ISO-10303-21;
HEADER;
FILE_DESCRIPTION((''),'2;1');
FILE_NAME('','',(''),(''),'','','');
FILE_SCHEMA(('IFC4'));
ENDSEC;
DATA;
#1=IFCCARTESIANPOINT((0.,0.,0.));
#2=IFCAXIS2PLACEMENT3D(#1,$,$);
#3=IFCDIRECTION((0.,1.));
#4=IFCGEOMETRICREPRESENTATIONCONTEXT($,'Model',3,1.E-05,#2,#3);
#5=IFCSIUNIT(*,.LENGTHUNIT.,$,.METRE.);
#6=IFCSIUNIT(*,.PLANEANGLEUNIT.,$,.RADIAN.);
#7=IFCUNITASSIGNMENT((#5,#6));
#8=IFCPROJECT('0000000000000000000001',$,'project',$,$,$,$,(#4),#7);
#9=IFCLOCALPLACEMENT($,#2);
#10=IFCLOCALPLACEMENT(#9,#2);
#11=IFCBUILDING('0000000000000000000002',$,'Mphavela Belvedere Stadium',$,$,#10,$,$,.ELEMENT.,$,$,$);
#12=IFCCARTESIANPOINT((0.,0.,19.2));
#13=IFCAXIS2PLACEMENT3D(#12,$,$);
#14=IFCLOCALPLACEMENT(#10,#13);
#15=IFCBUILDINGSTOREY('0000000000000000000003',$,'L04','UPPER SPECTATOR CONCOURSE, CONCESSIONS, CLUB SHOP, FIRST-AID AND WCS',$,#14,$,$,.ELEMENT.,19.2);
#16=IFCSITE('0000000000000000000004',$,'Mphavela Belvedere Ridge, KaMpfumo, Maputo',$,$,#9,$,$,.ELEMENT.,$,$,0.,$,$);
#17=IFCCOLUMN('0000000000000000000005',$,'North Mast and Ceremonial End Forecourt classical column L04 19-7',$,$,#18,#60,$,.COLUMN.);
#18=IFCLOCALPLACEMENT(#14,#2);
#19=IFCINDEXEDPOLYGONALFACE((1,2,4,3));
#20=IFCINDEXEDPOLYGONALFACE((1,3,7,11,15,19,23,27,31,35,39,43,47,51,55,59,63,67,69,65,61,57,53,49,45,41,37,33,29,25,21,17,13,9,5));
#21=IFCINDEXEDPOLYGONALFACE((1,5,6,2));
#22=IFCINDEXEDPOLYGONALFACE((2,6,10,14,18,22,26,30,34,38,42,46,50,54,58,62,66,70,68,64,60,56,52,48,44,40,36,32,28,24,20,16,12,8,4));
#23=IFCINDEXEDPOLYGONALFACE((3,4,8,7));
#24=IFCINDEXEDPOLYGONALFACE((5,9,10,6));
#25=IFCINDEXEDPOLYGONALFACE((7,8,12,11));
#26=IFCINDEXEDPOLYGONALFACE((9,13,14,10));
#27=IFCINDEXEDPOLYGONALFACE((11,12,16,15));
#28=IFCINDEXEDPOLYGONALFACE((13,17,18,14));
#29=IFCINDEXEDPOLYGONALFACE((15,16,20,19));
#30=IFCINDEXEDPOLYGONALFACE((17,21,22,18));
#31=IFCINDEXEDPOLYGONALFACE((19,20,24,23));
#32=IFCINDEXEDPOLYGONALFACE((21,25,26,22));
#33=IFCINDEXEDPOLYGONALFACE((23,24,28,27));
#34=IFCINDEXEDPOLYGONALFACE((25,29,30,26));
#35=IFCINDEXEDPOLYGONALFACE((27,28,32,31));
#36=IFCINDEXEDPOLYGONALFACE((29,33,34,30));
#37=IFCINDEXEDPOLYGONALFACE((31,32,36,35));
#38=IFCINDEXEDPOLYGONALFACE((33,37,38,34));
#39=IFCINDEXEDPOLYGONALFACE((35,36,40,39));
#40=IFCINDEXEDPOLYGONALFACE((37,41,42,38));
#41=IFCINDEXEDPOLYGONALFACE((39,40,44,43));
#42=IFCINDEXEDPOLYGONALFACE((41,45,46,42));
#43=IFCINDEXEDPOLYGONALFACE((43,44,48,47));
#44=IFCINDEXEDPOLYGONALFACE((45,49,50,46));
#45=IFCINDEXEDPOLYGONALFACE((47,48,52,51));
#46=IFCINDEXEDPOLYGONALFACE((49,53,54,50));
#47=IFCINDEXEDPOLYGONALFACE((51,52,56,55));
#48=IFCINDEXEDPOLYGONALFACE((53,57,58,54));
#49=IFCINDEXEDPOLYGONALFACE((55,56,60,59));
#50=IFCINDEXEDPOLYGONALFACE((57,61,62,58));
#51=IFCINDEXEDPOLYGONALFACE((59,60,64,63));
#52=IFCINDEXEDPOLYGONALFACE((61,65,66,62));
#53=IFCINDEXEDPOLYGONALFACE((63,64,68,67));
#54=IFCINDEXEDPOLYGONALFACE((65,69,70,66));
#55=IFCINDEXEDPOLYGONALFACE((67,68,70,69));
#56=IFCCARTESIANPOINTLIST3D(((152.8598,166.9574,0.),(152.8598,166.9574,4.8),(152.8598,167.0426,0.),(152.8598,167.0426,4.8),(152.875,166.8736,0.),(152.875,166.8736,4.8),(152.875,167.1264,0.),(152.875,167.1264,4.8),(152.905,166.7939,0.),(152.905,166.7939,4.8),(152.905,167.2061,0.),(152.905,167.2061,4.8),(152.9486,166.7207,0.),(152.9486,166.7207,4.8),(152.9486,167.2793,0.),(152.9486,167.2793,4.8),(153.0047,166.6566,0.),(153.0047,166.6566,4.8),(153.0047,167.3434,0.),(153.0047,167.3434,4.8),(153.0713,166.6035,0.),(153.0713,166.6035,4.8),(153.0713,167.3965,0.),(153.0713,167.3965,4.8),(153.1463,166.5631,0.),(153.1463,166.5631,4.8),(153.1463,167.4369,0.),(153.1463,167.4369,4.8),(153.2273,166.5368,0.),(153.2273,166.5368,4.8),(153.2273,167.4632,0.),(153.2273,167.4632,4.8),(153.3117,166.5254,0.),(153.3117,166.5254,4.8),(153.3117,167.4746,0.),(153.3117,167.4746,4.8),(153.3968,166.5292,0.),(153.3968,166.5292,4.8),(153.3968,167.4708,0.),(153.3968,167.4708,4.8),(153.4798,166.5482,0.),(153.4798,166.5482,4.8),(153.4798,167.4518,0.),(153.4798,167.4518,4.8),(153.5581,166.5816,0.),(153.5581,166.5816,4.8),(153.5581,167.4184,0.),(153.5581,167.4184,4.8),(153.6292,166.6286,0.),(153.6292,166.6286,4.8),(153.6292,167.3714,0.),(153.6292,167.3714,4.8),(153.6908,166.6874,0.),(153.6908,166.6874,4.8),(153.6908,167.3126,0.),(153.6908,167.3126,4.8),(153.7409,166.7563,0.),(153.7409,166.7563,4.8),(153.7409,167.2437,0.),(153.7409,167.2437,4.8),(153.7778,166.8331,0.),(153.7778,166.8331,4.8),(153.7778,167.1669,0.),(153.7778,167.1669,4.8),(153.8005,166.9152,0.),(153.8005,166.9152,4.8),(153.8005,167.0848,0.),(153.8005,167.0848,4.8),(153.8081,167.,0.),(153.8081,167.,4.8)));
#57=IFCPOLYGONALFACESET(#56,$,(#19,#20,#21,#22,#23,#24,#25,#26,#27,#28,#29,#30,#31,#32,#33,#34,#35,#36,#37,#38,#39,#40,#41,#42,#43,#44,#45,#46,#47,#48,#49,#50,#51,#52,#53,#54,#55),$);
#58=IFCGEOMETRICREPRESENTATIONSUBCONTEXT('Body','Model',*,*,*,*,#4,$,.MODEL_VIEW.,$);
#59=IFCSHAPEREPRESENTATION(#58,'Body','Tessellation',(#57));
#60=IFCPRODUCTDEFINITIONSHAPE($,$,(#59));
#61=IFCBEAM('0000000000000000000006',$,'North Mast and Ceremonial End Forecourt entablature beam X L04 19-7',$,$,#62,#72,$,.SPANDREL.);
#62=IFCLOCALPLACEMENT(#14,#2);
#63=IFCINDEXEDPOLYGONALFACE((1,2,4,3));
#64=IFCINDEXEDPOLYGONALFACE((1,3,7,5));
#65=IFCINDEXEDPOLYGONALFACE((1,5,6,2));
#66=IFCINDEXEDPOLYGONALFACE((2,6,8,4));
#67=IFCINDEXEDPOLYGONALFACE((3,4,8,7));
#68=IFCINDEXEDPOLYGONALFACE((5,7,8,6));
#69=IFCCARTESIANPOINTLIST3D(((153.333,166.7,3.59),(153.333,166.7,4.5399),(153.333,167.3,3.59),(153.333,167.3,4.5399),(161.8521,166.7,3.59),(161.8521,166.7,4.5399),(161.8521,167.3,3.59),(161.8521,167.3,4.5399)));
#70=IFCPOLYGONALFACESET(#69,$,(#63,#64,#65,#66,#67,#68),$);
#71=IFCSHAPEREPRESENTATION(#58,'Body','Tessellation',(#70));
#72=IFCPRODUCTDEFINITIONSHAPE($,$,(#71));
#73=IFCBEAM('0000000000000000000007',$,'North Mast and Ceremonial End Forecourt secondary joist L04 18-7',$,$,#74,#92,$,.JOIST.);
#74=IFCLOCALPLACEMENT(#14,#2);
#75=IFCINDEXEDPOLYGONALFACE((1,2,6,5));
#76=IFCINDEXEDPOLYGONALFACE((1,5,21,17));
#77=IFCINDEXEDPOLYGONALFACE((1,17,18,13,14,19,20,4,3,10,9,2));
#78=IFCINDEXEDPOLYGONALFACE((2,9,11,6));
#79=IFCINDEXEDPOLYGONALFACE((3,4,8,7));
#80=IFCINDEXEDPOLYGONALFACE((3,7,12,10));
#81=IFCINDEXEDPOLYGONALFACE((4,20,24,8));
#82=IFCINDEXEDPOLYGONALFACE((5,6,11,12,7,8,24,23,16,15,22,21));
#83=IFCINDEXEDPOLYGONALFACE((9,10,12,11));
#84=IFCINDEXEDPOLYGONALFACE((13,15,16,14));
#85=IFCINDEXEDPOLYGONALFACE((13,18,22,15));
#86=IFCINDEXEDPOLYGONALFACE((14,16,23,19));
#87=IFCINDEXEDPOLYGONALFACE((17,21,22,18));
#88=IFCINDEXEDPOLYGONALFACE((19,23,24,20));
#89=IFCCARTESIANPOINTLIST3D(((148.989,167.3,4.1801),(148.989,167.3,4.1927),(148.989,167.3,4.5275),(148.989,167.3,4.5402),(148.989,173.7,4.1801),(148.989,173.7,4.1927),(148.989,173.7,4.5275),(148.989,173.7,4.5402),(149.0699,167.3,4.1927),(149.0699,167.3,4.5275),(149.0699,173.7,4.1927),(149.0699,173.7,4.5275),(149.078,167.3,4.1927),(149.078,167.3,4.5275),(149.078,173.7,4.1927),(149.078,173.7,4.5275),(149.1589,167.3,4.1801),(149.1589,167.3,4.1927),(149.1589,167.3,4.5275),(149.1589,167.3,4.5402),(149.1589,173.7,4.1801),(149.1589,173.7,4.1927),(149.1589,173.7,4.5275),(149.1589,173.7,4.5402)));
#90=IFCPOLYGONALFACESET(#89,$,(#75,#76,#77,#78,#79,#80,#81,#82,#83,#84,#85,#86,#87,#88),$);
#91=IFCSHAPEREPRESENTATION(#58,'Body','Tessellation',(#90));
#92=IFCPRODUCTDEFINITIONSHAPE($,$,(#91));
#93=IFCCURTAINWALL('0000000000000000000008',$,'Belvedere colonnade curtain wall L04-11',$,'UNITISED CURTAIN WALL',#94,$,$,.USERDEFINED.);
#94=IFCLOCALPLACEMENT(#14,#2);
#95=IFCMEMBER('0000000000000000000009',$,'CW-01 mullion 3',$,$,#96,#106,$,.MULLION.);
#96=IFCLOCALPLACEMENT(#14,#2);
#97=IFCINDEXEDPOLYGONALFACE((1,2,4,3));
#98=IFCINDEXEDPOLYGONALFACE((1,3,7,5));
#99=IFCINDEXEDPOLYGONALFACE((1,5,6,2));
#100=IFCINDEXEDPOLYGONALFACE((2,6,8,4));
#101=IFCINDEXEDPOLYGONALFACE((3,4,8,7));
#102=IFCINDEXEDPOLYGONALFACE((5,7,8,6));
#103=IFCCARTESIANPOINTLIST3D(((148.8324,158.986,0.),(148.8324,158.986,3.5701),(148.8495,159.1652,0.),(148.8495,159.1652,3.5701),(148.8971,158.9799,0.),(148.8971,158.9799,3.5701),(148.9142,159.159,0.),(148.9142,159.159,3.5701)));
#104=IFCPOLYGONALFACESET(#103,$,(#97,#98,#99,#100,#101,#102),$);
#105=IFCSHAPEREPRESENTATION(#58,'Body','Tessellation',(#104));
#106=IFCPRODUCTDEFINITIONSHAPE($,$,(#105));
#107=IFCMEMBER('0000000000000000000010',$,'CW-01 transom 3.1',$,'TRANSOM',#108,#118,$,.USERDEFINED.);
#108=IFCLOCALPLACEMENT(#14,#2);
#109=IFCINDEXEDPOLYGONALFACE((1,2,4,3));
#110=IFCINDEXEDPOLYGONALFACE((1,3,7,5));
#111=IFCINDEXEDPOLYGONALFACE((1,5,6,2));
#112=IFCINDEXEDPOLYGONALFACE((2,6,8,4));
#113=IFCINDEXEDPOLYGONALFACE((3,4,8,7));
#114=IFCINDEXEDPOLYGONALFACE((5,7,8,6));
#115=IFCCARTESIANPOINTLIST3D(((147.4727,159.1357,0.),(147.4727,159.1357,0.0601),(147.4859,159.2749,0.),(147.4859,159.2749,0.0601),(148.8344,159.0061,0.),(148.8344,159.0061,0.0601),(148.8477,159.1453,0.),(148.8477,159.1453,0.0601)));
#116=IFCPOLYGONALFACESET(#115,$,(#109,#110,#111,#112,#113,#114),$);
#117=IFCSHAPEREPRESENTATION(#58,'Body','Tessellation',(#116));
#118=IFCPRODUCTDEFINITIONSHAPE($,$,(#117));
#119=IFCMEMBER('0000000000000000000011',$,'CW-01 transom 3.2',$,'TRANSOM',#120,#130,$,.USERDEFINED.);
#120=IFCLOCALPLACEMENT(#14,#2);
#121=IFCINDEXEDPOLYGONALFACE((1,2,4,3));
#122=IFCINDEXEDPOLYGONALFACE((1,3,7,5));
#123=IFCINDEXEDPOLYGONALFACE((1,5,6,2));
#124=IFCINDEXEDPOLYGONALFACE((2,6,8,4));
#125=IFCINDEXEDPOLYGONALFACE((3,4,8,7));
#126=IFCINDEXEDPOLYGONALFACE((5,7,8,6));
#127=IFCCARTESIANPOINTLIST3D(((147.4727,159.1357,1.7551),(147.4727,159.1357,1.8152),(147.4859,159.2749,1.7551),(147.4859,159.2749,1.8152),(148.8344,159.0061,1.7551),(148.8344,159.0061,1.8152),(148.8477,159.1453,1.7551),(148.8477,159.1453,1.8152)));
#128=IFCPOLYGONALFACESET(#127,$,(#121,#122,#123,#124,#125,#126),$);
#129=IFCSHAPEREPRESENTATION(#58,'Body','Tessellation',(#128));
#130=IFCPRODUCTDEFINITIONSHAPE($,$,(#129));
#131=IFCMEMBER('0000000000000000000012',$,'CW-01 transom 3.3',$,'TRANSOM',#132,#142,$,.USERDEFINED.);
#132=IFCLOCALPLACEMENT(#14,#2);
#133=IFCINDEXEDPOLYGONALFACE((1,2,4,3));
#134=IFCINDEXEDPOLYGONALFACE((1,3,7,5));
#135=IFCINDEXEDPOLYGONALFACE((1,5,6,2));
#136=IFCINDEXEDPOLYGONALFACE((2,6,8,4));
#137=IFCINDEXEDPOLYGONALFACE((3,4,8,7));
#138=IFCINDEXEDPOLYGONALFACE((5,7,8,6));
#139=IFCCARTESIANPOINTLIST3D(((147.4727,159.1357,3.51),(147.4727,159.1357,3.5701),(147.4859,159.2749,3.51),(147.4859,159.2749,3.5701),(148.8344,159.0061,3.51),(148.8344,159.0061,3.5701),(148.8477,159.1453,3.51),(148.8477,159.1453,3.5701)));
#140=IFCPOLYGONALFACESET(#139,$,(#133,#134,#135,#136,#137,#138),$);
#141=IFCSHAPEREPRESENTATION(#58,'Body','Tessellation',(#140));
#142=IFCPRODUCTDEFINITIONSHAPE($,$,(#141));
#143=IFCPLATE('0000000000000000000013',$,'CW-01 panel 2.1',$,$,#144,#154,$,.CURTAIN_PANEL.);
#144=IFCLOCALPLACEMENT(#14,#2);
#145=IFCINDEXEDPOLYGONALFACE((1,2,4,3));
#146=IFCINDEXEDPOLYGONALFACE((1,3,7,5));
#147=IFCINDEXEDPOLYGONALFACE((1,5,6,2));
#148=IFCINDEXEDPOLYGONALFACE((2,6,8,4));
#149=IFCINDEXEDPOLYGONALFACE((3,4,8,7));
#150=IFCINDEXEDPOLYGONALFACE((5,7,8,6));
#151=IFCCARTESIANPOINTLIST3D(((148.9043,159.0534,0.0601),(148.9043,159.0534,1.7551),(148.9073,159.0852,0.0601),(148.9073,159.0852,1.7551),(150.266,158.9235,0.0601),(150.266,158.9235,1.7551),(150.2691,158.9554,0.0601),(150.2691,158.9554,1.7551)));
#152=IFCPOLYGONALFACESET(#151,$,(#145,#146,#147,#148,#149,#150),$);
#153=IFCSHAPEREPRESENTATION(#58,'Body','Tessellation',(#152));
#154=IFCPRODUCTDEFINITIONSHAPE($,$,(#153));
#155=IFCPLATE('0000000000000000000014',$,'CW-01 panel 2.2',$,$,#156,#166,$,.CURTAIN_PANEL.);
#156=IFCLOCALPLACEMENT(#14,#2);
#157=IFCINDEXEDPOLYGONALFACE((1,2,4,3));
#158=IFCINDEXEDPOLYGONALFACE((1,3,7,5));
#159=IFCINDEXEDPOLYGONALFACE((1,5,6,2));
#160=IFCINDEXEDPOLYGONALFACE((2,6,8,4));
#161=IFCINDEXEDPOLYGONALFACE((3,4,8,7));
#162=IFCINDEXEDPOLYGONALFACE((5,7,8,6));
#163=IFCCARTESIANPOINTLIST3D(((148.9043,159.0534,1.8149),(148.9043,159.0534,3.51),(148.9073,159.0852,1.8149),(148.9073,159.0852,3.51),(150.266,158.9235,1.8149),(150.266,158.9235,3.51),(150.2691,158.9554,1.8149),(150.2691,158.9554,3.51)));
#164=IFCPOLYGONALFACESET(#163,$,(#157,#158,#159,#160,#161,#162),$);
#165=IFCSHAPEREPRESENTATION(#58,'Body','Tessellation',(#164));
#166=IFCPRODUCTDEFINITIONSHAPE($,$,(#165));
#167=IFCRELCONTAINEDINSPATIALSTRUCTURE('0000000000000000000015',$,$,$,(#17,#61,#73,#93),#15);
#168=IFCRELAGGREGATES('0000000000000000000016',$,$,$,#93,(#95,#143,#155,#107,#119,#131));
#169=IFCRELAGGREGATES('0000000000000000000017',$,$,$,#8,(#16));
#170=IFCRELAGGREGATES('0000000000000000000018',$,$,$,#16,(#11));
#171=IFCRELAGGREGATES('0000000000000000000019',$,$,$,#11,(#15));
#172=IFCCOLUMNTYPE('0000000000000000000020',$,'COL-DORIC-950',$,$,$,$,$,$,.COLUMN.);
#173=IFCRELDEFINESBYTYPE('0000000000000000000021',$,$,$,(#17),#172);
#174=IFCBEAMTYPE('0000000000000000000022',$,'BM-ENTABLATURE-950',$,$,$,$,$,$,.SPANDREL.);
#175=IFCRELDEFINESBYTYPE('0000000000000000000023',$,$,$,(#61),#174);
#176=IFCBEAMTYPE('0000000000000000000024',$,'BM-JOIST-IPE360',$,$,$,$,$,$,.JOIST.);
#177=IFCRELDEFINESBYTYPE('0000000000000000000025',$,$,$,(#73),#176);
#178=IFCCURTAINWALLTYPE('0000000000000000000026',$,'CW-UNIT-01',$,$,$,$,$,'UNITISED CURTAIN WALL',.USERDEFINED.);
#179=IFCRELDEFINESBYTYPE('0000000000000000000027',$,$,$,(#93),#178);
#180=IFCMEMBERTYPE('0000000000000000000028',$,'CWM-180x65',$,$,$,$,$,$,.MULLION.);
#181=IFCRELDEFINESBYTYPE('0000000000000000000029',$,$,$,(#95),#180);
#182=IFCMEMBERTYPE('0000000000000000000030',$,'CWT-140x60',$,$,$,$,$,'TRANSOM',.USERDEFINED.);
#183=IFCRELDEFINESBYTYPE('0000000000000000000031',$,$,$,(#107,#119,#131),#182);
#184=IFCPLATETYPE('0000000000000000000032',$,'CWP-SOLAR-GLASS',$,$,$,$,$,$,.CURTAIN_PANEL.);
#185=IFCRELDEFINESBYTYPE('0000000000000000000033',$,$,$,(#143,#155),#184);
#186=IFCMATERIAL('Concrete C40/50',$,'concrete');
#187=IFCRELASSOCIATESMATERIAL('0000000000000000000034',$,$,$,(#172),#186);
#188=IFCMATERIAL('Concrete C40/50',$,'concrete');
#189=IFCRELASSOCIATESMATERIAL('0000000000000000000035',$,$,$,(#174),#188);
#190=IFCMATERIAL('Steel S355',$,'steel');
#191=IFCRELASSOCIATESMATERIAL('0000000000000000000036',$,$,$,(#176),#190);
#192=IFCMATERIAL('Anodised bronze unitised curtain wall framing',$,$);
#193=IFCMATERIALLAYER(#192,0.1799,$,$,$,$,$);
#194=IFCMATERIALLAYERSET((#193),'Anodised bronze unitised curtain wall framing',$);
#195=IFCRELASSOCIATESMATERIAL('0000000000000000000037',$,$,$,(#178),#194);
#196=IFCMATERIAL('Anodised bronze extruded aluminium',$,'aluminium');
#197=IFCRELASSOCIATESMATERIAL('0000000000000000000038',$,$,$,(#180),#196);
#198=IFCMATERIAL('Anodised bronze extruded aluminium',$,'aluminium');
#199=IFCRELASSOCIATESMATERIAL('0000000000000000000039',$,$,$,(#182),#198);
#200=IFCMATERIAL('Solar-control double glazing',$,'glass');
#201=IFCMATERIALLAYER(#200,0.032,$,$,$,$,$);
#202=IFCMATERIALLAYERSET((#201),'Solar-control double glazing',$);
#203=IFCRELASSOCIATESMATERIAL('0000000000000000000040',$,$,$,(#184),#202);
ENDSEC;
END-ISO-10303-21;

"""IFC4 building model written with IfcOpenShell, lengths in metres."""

from ifc_helpers import new_model, si_unit, direction, frame, origin, origin_2d, place, context, subcontext, project, spatial, rectangle, circle, i_section, extrude, material, layer, layer_set, material_profile, profile_set, type_object, element, aggregate, save


model = new_model("IFC4")

# Units and contexts
model_context = context("Model", 3, precision=1e-05, world=origin(), true_north=direction((0.0, 1.0)))
body_context = subcontext(model_context, "Body", "Model", "MODEL_VIEW")
ifc_project = project(units=[si_unit("LENGTHUNIT", "METRE"), si_unit("PLANEANGLEUNIT", "RADIAN")], contexts=[model_context])

# Site, building, storey
site_placement = place(None, origin())
site = spatial("IfcSite", under=ifc_project, at=site_placement, Name="Mphavela Belvedere Ridge, KaMpfumo, Maputo", CompositionType="ELEMENT", RefElevation=0.0)
building_placement = place(site_placement, origin())
building = spatial("IfcBuilding", under=site, at=building_placement, Name="Mphavela Belvedere Stadium", CompositionType="ELEMENT")
storey_placement = place(building_placement, frame((0.0, 0.0, 19.2)))
storey = spatial("IfcBuildingStorey", under=building, at=storey_placement, Name="L04", Description="UPPER SPECTATOR CONCOURSE, CONCESSIONS, CLUB SHOP, FIRST-AID AND WCS", CompositionType="ELEMENT", Elevation=19.2)

# Column
ifc_material_1 = material(Name="Concrete C40/50", Category="concrete")
ifc_material_profile_1 = material_profile(ifc_material_1, circle(Radius=0.4751, at=origin_2d()), Name="COL D950")
ifc_profile_set_1 = profile_set([ifc_material_profile_1], Name="Concrete C40/50")
column_type = type_object("IfcColumnType", Name="COL-DORIC-950", PredefinedType="COLUMN", material=ifc_profile_set_1)
column_placement = place(storey_placement, frame((153.333, 167.0, 0.0), z_axis=(0.0, 0.0, 1.0), x_axis=(1.0, 0.0, 0.0)))
element("IfcColumn", 1, at=column_placement, inside=storey, type_object=column_type, Name="North Mast and Ceremonial End Forecourt classical column L04 19-7", PredefinedType="COLUMN", context=body_context, shape_type="SweptSolid", body=[
    extrude(circle(Radius=0.4751, at=origin_2d()), origin(), (0.0, 0.0, 1.0), 4.8),
])

# Beams
ifc_material_2 = material(Name="Concrete C40/50", Category="concrete")
ifc_material_profile_2 = material_profile(ifc_material_2, rectangle(XDim=0.6001, YDim=0.95, at=origin_2d()), Name="RC 600x950")
ifc_profile_set_2 = profile_set([ifc_material_profile_2], Name="Concrete C40/50")
beam_type_1 = type_object("IfcBeamType", Name="BM-ENTABLATURE-950", PredefinedType="SPANDREL", material=ifc_profile_set_2)
beam_1_placement = place(storey_placement, frame((153.333, 167.0, 4.0649), z_axis=(1.0, 0.0, 0.0), x_axis=(0.0, 1.0, 0.0)))
element("IfcBeam", 2, at=beam_1_placement, inside=storey, type_object=beam_type_1, Name="North Mast and Ceremonial End Forecourt entablature beam X L04 19-7", PredefinedType="SPANDREL", context=body_context, shape_type="SweptSolid", body=[
    extrude(rectangle(XDim=0.6001, YDim=0.95, at=origin_2d()), origin(), (0.0, 0.0, 1.0), 8.519),
])
ifc_material_3 = material(Name="Steel S355", Category="steel")
ifc_material_profile_3 = material_profile(ifc_material_3, i_section(OverallWidth=0.1699, OverallDepth=0.3601, WebThickness=0.0081, FlangeThickness=0.0127, at=origin_2d()), Name="IPE 360")
ifc_profile_set_3 = profile_set([ifc_material_profile_3], Name="Steel S355")
beam_type_2 = type_object("IfcBeamType", Name="BM-JOIST-IPE360", PredefinedType="JOIST", material=ifc_profile_set_3)
beam_2_placement = place(storey_placement, frame((149.074, 167.3, 4.3601), z_axis=(0.0, 1.0, 0.0), x_axis=(-1.0, 0.0, 0.0)))
element("IfcBeam", 3, at=beam_2_placement, inside=storey, type_object=beam_type_2, Name="North Mast and Ceremonial End Forecourt secondary joist L04 18-7", PredefinedType="JOIST", context=body_context, shape_type="SweptSolid", body=[
    extrude(i_section(OverallWidth=0.1699, OverallDepth=0.3601, WebThickness=0.0081, FlangeThickness=0.0127, at=origin_2d()), origin(), (0.0, 0.0, 1.0), 6.3999),
])

# Curtain wall, members, plates
ifc_material_4 = material(Name="Anodised bronze unitised curtain wall framing")
ifc_layer_1 = layer(ifc_material_4, 0.1799)
ifc_layer_set_1 = layer_set([ifc_layer_1], Name="Anodised bronze unitised curtain wall framing")
curtain_wall_type = type_object("IfcCurtainWallType", Name="CW-UNIT-01", ElementType="UNITISED CURTAIN WALL", PredefinedType="USERDEFINED", material=ifc_layer_set_1)
curtain_wall_placement = place(storey_placement, origin())
curtain_wall = element("IfcCurtainWall", 4, at=curtain_wall_placement, inside=storey, type_object=curtain_wall_type, Name="Belvedere colonnade curtain wall L04-11", ObjectType="UNITISED CURTAIN WALL", PredefinedType="USERDEFINED")
ifc_material_5 = material(Name="Anodised bronze extruded aluminium", Category="aluminium")
ifc_material_profile_4 = material_profile(ifc_material_5, rectangle(XDim=0.1799, YDim=0.0649, at=origin_2d()), Name="CW-MUL 180x65")
ifc_profile_set_4 = profile_set([ifc_material_profile_4], Name="Anodised bronze extruded aluminium")
member_type_1 = type_object("IfcMemberType", Name="CWM-180x65", PredefinedType="MULLION", material=ifc_profile_set_4)
member_1_placement = place(storey_placement, frame((148.8733, 159.0725, 0.0), z_axis=(0.0, 0.0, 1.0), x_axis=(-0.094933, -0.995484, 0.0)))
member_1 = element("IfcMember", 5, at=member_1_placement, type_object=member_type_1, Name="CW-01 mullion 3", PredefinedType="MULLION", context=body_context, shape_type="SweptSolid", body=[
    extrude(rectangle(XDim=0.1799, YDim=0.0649, at=origin_2d()), origin(), (0.0, 0.0, 1.0), 3.5701),
])
ifc_material_6 = material(Name="Anodised bronze extruded aluminium", Category="aluminium")
ifc_material_profile_5 = material_profile(ifc_material_6, rectangle(XDim=0.1399, YDim=0.0601, at=origin_2d()), Name="CW-TRN 140x60")
ifc_profile_set_5 = profile_set([ifc_material_profile_5], Name="Anodised bronze extruded aluminium")
member_type_2 = type_object("IfcMemberType", Name="CWT-140x60", ElementType="TRANSOM", PredefinedType="USERDEFINED", material=ifc_profile_set_5)
member_2_placement = place(storey_placement, frame((148.8411, 159.0757, 0.03), z_axis=(-0.995499, 0.094767, 0.0), x_axis=(-0.094767, -0.995499, 0.0)))
member_2 = element("IfcMember", 6, at=member_2_placement, type_object=member_type_2, Name="CW-01 transom 3.1", ObjectType="TRANSOM", PredefinedType="USERDEFINED", context=body_context, shape_type="SweptSolid", body=[
    extrude(rectangle(XDim=0.1399, YDim=0.0601, at=origin_2d()), origin(), (0.0, 0.0, 1.0), 1.3679),
])
member_3_placement = place(storey_placement, frame((148.8411, 159.0757, 1.7852), z_axis=(-0.995499, 0.094767, 0.0), x_axis=(-0.094767, -0.995499, 0.0)))
member_3 = element("IfcMember", 7, at=member_3_placement, type_object=member_type_2, Name="CW-01 transom 3.2", ObjectType="TRANSOM", PredefinedType="USERDEFINED", context=body_context, shape_type="SweptSolid", body=[
    extrude(rectangle(XDim=0.1399, YDim=0.0601, at=origin_2d()), origin(), (0.0, 0.0, 1.0), 1.3679),
])
member_4_placement = place(storey_placement, frame((148.8411, 159.0757, 3.54), z_axis=(-0.995499, 0.094767, 0.0), x_axis=(-0.094767, -0.995499, 0.0)))
member_4 = element("IfcMember", 8, at=member_4_placement, type_object=member_type_2, Name="CW-01 transom 3.3", ObjectType="TRANSOM", PredefinedType="USERDEFINED", context=body_context, shape_type="SweptSolid", body=[
    extrude(rectangle(XDim=0.1399, YDim=0.0601, at=origin_2d()), origin(), (0.0, 0.0, 1.0), 1.3679),
])
ifc_material_7 = material(Name="Solar-control double glazing", Category="glass")
ifc_layer_2 = layer(ifc_material_7, 0.032)
ifc_layer_set_2 = layer_set([ifc_layer_2], Name="Solar-control double glazing")
plate_type = type_object("IfcPlateType", Name="CWP-SOLAR-GLASS", PredefinedType="CURTAIN_PANEL", material=ifc_layer_set_2)
plate_1_placement = place(storey_placement, frame((149.5867, 159.0044, 0.0601), z_axis=(0.0, 0.0, 1.0), x_axis=(-0.995484, 0.094933, 0.0)))
plate_1 = element("IfcPlate", 9, at=plate_1_placement, type_object=plate_type, Name="CW-01 panel 2.1", PredefinedType="CURTAIN_PANEL", context=body_context, shape_type="SweptSolid", body=[
    extrude(rectangle(XDim=1.3679, YDim=0.032, at=origin_2d()), origin(), (0.0, 0.0, 1.0), 1.6951),
])
plate_2_placement = place(storey_placement, frame((149.5867, 159.0044, 1.8149), z_axis=(0.0, 0.0, 1.0), x_axis=(-0.995484, 0.094933, 0.0)))
plate_2 = element("IfcPlate", 10, at=plate_2_placement, type_object=plate_type, Name="CW-01 panel 2.2", PredefinedType="CURTAIN_PANEL", context=body_context, shape_type="SweptSolid", body=[
    extrude(rectangle(XDim=1.3679, YDim=0.032, at=origin_2d()), origin(), (0.0, 0.0, 1.0), 1.6951),
])
aggregate(curtain_wall, [member_1, plate_1, plate_2, member_2, member_3, member_4])

save(model, "model.ifc")
